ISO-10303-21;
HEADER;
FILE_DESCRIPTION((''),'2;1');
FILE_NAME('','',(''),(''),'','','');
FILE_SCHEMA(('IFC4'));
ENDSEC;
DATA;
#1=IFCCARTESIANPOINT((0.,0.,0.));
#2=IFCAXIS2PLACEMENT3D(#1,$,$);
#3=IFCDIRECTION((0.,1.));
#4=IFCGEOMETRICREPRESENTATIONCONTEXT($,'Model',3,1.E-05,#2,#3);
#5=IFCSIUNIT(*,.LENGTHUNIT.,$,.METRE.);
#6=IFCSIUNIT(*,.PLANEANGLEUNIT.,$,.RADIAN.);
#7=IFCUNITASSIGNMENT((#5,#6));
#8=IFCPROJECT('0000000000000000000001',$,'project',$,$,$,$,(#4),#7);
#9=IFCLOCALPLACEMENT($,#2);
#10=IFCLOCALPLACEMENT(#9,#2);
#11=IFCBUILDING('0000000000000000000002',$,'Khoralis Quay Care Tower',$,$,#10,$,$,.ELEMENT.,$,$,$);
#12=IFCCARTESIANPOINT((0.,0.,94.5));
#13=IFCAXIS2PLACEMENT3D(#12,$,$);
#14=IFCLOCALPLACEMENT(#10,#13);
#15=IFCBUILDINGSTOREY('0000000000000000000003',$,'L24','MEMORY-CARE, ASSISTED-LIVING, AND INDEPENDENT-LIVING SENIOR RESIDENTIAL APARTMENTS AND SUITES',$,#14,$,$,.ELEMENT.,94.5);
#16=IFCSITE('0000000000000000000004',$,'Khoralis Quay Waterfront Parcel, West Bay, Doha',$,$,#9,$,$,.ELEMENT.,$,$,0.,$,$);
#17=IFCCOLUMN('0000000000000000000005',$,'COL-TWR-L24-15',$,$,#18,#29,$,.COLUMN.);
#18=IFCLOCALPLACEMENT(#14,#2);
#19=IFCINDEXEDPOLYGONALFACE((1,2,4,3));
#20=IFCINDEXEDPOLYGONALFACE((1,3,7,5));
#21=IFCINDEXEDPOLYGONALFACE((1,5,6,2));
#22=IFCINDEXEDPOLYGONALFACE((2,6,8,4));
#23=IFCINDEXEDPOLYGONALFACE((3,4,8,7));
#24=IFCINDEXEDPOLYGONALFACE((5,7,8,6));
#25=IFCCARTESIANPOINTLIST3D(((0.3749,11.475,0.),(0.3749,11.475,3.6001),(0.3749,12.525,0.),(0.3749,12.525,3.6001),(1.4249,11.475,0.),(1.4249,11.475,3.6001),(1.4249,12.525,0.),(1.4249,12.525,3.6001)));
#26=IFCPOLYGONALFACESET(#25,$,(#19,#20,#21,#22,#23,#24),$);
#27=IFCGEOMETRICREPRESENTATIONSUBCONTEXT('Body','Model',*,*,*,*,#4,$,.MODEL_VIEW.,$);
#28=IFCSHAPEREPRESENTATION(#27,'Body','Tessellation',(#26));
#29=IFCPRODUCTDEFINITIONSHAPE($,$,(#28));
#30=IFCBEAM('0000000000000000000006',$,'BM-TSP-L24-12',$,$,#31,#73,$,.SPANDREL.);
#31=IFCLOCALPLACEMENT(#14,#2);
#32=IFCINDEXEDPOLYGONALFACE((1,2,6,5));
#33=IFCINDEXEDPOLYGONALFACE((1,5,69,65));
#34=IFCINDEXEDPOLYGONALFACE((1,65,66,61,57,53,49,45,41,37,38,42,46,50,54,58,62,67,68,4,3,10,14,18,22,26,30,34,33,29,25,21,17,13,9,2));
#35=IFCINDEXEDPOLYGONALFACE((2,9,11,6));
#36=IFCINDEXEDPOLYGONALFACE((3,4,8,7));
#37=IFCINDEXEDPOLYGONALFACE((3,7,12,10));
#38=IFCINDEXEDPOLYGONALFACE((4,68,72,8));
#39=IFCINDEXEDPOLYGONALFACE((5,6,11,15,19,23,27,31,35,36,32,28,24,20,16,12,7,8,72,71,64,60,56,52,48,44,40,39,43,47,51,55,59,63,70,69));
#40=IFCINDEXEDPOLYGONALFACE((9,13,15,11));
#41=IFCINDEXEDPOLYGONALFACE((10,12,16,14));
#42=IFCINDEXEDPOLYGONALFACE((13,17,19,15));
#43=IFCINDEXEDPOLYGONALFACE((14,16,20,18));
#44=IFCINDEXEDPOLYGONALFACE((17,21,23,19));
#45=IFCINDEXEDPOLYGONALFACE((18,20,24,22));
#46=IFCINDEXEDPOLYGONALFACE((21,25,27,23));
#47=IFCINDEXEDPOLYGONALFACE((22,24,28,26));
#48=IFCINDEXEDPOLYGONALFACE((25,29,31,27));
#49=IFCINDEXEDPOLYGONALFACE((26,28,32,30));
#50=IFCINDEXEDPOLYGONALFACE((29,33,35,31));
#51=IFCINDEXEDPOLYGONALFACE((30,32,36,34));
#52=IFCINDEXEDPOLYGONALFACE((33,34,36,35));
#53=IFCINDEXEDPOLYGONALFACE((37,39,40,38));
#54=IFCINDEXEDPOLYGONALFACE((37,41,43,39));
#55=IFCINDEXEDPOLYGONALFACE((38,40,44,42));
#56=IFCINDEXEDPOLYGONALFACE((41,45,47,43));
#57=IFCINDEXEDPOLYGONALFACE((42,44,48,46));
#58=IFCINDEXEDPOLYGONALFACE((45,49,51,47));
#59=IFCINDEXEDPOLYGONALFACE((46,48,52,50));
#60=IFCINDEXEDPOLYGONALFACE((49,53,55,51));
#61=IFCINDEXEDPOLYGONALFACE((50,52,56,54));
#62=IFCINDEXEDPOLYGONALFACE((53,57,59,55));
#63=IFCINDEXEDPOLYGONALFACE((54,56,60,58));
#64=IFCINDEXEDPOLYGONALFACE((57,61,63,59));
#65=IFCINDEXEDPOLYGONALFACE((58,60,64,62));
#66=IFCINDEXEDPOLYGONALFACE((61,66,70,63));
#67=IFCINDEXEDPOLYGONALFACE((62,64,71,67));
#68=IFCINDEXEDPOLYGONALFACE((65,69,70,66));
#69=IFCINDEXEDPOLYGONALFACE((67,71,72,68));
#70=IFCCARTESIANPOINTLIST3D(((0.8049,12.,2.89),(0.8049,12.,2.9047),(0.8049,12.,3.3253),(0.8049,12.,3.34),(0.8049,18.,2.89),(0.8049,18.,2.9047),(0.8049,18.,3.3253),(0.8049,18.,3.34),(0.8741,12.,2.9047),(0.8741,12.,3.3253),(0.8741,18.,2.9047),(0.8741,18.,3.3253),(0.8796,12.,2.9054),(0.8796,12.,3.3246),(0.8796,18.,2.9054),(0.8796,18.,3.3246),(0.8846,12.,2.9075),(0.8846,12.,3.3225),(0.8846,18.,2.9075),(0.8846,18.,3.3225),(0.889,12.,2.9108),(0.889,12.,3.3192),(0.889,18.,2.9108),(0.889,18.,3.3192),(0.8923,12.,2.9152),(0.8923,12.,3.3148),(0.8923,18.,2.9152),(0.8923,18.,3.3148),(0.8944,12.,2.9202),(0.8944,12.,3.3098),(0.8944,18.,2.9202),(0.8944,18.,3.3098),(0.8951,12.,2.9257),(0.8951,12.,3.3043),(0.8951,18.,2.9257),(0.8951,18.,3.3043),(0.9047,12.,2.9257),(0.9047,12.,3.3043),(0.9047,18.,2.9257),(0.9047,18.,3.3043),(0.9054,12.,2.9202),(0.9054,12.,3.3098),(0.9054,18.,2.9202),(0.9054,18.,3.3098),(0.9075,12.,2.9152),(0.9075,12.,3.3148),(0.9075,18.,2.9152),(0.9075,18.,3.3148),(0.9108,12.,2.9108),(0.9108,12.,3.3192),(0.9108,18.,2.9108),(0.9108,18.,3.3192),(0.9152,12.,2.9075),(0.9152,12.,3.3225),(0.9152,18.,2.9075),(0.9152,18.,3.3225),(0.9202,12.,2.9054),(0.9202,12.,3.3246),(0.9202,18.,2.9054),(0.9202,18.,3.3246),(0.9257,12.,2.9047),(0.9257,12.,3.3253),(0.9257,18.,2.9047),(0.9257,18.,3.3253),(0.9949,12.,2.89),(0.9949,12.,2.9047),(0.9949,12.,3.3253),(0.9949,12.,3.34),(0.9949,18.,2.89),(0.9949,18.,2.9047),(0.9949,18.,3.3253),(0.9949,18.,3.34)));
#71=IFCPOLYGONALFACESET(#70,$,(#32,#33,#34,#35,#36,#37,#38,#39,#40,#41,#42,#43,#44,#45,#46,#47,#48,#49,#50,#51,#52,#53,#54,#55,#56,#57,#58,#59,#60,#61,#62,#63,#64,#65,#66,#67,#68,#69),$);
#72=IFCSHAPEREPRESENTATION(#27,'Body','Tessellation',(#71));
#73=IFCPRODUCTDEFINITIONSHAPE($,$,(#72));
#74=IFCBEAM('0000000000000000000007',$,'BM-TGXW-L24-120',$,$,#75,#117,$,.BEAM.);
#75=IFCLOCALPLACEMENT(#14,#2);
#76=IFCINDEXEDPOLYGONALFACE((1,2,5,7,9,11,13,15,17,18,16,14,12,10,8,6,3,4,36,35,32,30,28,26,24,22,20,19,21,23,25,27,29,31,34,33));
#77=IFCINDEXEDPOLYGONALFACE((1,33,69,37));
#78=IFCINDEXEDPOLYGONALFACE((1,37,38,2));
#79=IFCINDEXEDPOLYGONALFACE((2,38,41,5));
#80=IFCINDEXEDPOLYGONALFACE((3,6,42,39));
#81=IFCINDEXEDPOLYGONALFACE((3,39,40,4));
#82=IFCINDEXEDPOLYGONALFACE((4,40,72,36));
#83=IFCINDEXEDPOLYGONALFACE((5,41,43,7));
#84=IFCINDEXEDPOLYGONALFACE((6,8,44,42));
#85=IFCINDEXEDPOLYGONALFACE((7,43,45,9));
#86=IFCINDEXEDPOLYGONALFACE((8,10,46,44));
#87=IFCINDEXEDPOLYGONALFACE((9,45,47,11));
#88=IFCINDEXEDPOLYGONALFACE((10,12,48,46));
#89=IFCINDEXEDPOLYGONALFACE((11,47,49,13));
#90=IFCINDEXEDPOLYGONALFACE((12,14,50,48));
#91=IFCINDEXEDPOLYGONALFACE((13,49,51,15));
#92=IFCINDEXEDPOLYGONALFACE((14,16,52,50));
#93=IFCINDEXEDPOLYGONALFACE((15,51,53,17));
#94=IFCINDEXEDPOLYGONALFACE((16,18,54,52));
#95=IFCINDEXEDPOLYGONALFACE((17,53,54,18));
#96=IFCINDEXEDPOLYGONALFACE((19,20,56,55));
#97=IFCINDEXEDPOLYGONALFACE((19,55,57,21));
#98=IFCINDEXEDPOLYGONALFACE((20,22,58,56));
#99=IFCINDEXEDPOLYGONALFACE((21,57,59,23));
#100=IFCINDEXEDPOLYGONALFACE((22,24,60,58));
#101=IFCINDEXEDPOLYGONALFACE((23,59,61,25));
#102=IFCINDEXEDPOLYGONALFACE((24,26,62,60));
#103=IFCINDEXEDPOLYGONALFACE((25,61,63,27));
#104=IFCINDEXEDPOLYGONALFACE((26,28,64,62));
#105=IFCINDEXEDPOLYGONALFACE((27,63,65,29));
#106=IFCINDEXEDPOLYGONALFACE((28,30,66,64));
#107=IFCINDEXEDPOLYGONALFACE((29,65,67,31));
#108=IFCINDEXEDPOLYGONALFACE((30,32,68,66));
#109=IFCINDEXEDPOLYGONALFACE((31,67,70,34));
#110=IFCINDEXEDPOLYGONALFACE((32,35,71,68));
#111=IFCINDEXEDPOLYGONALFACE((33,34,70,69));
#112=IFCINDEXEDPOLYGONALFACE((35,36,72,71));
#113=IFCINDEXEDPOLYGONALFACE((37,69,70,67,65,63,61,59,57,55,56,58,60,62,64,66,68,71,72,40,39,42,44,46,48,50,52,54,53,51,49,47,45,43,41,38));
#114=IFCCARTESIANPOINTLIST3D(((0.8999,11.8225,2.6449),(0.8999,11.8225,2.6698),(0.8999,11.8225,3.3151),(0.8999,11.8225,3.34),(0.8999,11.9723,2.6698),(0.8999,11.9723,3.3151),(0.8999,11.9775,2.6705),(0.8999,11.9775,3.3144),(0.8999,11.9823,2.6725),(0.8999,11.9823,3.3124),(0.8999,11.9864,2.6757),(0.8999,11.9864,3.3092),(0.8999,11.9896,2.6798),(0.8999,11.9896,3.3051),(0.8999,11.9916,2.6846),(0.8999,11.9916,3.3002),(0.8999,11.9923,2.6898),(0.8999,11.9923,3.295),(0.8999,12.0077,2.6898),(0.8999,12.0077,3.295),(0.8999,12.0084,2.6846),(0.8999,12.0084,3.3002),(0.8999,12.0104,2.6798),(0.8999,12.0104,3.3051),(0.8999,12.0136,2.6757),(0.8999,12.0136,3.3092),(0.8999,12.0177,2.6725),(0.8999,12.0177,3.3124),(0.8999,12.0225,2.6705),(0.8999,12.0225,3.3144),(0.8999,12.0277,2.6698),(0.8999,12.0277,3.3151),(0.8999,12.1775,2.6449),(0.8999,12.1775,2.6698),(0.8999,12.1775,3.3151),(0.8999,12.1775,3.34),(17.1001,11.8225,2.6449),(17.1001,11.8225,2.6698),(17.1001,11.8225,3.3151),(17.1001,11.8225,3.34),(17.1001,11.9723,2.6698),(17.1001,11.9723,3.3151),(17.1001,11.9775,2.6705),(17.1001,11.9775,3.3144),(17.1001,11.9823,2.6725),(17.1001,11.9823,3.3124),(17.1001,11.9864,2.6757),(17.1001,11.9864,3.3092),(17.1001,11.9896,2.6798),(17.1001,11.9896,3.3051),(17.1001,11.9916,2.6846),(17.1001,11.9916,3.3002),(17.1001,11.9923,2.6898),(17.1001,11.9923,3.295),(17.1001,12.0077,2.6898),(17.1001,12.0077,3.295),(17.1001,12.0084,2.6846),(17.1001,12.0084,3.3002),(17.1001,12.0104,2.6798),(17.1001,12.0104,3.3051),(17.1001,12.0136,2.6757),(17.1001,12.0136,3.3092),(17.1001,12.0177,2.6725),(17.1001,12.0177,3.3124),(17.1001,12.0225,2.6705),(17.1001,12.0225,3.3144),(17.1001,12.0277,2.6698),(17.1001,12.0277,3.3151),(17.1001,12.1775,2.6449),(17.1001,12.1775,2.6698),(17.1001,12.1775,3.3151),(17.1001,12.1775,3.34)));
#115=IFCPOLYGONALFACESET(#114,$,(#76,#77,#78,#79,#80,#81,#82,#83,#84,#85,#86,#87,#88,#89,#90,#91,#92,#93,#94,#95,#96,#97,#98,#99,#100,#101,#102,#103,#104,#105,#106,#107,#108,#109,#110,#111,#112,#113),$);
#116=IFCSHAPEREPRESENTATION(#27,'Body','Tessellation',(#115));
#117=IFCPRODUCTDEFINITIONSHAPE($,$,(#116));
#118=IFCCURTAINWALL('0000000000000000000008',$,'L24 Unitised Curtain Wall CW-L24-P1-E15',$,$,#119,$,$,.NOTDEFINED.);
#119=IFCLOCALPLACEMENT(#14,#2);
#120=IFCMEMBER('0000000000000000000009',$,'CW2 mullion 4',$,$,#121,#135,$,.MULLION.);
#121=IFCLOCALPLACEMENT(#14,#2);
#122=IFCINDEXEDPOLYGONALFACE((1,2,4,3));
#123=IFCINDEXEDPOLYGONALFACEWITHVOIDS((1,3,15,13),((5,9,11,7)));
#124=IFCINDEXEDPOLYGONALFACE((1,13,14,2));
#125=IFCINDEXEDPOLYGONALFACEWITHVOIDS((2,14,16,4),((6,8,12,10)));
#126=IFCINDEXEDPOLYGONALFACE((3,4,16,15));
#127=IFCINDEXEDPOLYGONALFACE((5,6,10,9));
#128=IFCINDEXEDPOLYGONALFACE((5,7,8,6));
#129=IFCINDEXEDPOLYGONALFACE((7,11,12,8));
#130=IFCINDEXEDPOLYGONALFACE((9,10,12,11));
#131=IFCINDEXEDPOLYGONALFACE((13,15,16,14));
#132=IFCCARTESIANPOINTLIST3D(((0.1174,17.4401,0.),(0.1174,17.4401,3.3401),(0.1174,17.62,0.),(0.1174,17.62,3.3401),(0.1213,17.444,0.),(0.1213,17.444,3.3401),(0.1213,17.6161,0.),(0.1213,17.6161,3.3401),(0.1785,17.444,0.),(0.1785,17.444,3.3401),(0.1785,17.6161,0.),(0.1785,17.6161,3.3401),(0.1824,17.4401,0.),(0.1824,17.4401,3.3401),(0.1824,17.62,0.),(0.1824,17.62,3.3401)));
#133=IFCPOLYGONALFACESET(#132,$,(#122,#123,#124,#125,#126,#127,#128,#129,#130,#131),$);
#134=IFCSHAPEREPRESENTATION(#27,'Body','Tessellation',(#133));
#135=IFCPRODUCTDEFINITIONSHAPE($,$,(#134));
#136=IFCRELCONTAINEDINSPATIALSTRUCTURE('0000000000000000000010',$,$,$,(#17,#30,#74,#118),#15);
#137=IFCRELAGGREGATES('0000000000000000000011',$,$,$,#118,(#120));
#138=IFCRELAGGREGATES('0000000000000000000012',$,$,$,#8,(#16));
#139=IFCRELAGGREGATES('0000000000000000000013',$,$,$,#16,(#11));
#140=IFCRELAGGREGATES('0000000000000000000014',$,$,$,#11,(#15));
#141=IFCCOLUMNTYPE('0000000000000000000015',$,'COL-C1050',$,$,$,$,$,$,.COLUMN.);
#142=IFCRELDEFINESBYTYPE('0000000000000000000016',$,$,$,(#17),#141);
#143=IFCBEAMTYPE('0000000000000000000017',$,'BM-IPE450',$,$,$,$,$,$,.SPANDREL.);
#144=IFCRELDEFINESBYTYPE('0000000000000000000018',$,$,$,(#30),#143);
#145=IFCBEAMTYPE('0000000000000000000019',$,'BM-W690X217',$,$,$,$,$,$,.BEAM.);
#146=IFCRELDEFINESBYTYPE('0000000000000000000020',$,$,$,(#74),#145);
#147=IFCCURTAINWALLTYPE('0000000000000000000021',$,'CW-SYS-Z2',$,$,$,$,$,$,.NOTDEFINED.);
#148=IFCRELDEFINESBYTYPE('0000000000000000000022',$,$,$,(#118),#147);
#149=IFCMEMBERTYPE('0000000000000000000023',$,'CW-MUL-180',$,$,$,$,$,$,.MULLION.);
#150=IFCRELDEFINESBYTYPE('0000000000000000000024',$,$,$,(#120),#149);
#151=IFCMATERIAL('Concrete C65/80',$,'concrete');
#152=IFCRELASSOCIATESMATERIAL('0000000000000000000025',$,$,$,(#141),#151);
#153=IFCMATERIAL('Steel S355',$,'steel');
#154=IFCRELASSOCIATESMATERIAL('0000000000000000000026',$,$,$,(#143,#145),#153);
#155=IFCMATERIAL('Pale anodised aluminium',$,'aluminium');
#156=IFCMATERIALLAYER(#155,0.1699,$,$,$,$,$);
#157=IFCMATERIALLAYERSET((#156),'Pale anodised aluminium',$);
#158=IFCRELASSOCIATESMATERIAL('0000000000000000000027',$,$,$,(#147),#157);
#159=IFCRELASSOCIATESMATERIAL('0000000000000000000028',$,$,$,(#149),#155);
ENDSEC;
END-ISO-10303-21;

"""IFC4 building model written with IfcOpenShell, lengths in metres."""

from ifc_helpers import new_model, si_unit, direction, frame, origin, origin_2d, place, context, subcontext, project, spatial, rectangle, hollow_rectangle, i_section, extrude, source, transform, mapped, material, layer, layer_set, material_profile, profile_set, type_object, element, aggregate, save


model = new_model("IFC4")

# Units and contexts
model_context = context("Model", 3, precision=1e-05, world=origin(), true_north=direction((0.0, 1.0)))
body_context = subcontext(model_context, "Body", "Model", "MODEL_VIEW")
ifc_project = project(units=[si_unit("LENGTHUNIT", "METRE"), si_unit("PLANEANGLEUNIT", "RADIAN")], contexts=[model_context])

# Site, building, storey
site_placement = place(None, origin())
site = spatial("IfcSite", under=ifc_project, at=site_placement, Name="Khoralis Quay Waterfront Parcel, West Bay, Doha", CompositionType="ELEMENT", RefElevation=0.0)
building_placement = place(site_placement, origin())
building = spatial("IfcBuilding", under=site, at=building_placement, Name="Khoralis Quay Care Tower", CompositionType="ELEMENT")
storey_placement = place(building_placement, frame((0.0, 0.0, 94.5)))
storey = spatial("IfcBuildingStorey", under=building, at=storey_placement, Name="L24", Description="MEMORY-CARE, ASSISTED-LIVING, AND INDEPENDENT-LIVING SENIOR RESIDENTIAL APARTMENTS AND SUITES", CompositionType="ELEMENT", Elevation=94.5)

# Column
ifc_material_1 = material(Name="Concrete C65/80", Category="concrete")
ifc_material_profile_1 = material_profile(ifc_material_1, rectangle(XDim=1.05, YDim=1.05, at=origin_2d()), Name="Concrete C65/80")
ifc_profile_set_1 = profile_set([ifc_material_profile_1], Name="Concrete C65/80")
column_type = type_object("IfcColumnType", Name="COL-C1050", PredefinedType="COLUMN", material=ifc_profile_set_1)
shared_shape_1 = source(origin(), body_context, "Body", "SweptSolid", [
    extrude(rectangle(XDim=1.05, YDim=1.05, at=origin_2d()), origin(), (0.0, 0.0, 1.0), 3.6001),
])
column_placement = place(storey_placement, frame((0.8999, 12.0, 0.0), z_axis=(0.0, 0.0, 1.0), x_axis=(1.0, 0.0, 0.0)))
element("IfcColumn", 1, at=column_placement, inside=storey, type_object=column_type, Name="COL-TWR-L24-15", PredefinedType="COLUMN", context=body_context, shape_type="MappedRepresentation", body=[
    mapped(shared_shape_1, transform((0.0, 0.0, 0.0), scale=1.0)),
])

# Beams
ifc_material_2 = material(Name="Steel S355", Category="steel")
ifc_material_profile_2 = material_profile(ifc_material_2, i_section(OverallWidth=0.1899, OverallDepth=0.45, WebThickness=0.0095, FlangeThickness=0.0146, FilletRadius=0.021, at=origin_2d()), Name="Steel S355")
ifc_profile_set_2 = profile_set([ifc_material_profile_2], Name="Steel S355")
beam_type_1 = type_object("IfcBeamType", Name="BM-IPE450", PredefinedType="SPANDREL", material=ifc_profile_set_2)
shared_shape_2 = source(origin(), body_context, "Body", "SweptSolid", [
    extrude(i_section(OverallWidth=0.1899, OverallDepth=0.45, WebThickness=0.0095, FlangeThickness=0.0146, FilletRadius=0.021, at=origin_2d()), origin(), (0.0, 0.0, 1.0), 6.0),
])
beam_1_placement = place(storey_placement, frame((0.8999, 12.0, 3.115), z_axis=(0.0, 1.0, 0.0), x_axis=(-1.0, 0.0, 0.0)))
element("IfcBeam", 2, at=beam_1_placement, inside=storey, type_object=beam_type_1, Name="BM-TSP-L24-12", PredefinedType="SPANDREL", context=body_context, shape_type="MappedRepresentation", body=[
    mapped(shared_shape_2, transform((0.0, 0.0, 0.0), scale=1.0)),
])
ifc_material_profile_3 = material_profile(ifc_material_2, i_section(OverallWidth=0.355, OverallDepth=0.6951, WebThickness=0.0154, FlangeThickness=0.0249, FilletRadius=0.02, at=origin_2d()), Name="Steel S355")
ifc_profile_set_3 = profile_set([ifc_material_profile_3], Name="Steel S355")
beam_type_2 = type_object("IfcBeamType", Name="BM-W690X217", PredefinedType="BEAM", material=ifc_profile_set_3)
shared_shape_3 = source(origin(), body_context, "Body", "SweptSolid", [
    extrude(i_section(OverallWidth=0.355, OverallDepth=0.6951, WebThickness=0.0154, FlangeThickness=0.0249, FilletRadius=0.02, at=origin_2d()), origin(), (0.0, 0.0, 1.0), 16.2002),
])
beam_2_placement = place(storey_placement, frame((0.8999, 12.0, 2.9924), z_axis=(1.0, 0.0, 0.0), x_axis=(0.0, 1.0, 0.0)))
element("IfcBeam", 3, at=beam_2_placement, inside=storey, type_object=beam_type_2, Name="BM-TGXW-L24-120", PredefinedType="BEAM", context=body_context, shape_type="MappedRepresentation", body=[
    mapped(shared_shape_3, transform((0.0, 0.0, 0.0), scale=1.0)),
])

# Curtain wall, member
ifc_material_3 = material(Name="Pale anodised aluminium", Category="aluminium")
ifc_layer_1 = layer(ifc_material_3, 0.1699)
ifc_layer_set_1 = layer_set([ifc_layer_1], Name="Pale anodised aluminium")
curtain_wall_type = type_object("IfcCurtainWallType", Name="CW-SYS-Z2", PredefinedType="NOTDEFINED", material=ifc_layer_set_1)
curtain_wall_placement = place(storey_placement, origin())
curtain_wall = element("IfcCurtainWall", 4, at=curtain_wall_placement, inside=storey, type_object=curtain_wall_type, Name="L24 Unitised Curtain Wall CW-L24-P1-E15", PredefinedType="NOTDEFINED")
ifc_material_profile_4 = material_profile(ifc_material_3, hollow_rectangle(XDim=0.0649, YDim=0.1799, WallThickness=0.0039, at=origin_2d()), Name="Pale anodised aluminium")
ifc_profile_set_4 = profile_set([ifc_material_profile_4], Name="Pale anodised aluminium")
member_type = type_object("IfcMemberType", Name="CW-MUL-180", PredefinedType="MULLION", material=ifc_profile_set_4)
shared_shape_4 = source(origin(), body_context, "Body", "SweptSolid", [
    extrude(hollow_rectangle(XDim=0.0649, YDim=0.1799, WallThickness=0.0039, at=origin_2d()), origin(), (0.0, 0.0, 1.0), 3.3401),
])
member_placement = place(storey_placement, frame((0.1499, 17.53, 0.0), z_axis=(0.0, 0.0, 1.0), x_axis=(1.0, 0.0, 0.0)))
member = element("IfcMember", 5, at=member_placement, type_object=member_type, Name="CW2 mullion 4", PredefinedType="MULLION", context=body_context, shape_type="MappedRepresentation", body=[
    mapped(shared_shape_4, transform((0.0, 0.0, 0.0), scale=1.0)),
])
aggregate(curtain_wall, [member])

save(model, "model.ifc")
